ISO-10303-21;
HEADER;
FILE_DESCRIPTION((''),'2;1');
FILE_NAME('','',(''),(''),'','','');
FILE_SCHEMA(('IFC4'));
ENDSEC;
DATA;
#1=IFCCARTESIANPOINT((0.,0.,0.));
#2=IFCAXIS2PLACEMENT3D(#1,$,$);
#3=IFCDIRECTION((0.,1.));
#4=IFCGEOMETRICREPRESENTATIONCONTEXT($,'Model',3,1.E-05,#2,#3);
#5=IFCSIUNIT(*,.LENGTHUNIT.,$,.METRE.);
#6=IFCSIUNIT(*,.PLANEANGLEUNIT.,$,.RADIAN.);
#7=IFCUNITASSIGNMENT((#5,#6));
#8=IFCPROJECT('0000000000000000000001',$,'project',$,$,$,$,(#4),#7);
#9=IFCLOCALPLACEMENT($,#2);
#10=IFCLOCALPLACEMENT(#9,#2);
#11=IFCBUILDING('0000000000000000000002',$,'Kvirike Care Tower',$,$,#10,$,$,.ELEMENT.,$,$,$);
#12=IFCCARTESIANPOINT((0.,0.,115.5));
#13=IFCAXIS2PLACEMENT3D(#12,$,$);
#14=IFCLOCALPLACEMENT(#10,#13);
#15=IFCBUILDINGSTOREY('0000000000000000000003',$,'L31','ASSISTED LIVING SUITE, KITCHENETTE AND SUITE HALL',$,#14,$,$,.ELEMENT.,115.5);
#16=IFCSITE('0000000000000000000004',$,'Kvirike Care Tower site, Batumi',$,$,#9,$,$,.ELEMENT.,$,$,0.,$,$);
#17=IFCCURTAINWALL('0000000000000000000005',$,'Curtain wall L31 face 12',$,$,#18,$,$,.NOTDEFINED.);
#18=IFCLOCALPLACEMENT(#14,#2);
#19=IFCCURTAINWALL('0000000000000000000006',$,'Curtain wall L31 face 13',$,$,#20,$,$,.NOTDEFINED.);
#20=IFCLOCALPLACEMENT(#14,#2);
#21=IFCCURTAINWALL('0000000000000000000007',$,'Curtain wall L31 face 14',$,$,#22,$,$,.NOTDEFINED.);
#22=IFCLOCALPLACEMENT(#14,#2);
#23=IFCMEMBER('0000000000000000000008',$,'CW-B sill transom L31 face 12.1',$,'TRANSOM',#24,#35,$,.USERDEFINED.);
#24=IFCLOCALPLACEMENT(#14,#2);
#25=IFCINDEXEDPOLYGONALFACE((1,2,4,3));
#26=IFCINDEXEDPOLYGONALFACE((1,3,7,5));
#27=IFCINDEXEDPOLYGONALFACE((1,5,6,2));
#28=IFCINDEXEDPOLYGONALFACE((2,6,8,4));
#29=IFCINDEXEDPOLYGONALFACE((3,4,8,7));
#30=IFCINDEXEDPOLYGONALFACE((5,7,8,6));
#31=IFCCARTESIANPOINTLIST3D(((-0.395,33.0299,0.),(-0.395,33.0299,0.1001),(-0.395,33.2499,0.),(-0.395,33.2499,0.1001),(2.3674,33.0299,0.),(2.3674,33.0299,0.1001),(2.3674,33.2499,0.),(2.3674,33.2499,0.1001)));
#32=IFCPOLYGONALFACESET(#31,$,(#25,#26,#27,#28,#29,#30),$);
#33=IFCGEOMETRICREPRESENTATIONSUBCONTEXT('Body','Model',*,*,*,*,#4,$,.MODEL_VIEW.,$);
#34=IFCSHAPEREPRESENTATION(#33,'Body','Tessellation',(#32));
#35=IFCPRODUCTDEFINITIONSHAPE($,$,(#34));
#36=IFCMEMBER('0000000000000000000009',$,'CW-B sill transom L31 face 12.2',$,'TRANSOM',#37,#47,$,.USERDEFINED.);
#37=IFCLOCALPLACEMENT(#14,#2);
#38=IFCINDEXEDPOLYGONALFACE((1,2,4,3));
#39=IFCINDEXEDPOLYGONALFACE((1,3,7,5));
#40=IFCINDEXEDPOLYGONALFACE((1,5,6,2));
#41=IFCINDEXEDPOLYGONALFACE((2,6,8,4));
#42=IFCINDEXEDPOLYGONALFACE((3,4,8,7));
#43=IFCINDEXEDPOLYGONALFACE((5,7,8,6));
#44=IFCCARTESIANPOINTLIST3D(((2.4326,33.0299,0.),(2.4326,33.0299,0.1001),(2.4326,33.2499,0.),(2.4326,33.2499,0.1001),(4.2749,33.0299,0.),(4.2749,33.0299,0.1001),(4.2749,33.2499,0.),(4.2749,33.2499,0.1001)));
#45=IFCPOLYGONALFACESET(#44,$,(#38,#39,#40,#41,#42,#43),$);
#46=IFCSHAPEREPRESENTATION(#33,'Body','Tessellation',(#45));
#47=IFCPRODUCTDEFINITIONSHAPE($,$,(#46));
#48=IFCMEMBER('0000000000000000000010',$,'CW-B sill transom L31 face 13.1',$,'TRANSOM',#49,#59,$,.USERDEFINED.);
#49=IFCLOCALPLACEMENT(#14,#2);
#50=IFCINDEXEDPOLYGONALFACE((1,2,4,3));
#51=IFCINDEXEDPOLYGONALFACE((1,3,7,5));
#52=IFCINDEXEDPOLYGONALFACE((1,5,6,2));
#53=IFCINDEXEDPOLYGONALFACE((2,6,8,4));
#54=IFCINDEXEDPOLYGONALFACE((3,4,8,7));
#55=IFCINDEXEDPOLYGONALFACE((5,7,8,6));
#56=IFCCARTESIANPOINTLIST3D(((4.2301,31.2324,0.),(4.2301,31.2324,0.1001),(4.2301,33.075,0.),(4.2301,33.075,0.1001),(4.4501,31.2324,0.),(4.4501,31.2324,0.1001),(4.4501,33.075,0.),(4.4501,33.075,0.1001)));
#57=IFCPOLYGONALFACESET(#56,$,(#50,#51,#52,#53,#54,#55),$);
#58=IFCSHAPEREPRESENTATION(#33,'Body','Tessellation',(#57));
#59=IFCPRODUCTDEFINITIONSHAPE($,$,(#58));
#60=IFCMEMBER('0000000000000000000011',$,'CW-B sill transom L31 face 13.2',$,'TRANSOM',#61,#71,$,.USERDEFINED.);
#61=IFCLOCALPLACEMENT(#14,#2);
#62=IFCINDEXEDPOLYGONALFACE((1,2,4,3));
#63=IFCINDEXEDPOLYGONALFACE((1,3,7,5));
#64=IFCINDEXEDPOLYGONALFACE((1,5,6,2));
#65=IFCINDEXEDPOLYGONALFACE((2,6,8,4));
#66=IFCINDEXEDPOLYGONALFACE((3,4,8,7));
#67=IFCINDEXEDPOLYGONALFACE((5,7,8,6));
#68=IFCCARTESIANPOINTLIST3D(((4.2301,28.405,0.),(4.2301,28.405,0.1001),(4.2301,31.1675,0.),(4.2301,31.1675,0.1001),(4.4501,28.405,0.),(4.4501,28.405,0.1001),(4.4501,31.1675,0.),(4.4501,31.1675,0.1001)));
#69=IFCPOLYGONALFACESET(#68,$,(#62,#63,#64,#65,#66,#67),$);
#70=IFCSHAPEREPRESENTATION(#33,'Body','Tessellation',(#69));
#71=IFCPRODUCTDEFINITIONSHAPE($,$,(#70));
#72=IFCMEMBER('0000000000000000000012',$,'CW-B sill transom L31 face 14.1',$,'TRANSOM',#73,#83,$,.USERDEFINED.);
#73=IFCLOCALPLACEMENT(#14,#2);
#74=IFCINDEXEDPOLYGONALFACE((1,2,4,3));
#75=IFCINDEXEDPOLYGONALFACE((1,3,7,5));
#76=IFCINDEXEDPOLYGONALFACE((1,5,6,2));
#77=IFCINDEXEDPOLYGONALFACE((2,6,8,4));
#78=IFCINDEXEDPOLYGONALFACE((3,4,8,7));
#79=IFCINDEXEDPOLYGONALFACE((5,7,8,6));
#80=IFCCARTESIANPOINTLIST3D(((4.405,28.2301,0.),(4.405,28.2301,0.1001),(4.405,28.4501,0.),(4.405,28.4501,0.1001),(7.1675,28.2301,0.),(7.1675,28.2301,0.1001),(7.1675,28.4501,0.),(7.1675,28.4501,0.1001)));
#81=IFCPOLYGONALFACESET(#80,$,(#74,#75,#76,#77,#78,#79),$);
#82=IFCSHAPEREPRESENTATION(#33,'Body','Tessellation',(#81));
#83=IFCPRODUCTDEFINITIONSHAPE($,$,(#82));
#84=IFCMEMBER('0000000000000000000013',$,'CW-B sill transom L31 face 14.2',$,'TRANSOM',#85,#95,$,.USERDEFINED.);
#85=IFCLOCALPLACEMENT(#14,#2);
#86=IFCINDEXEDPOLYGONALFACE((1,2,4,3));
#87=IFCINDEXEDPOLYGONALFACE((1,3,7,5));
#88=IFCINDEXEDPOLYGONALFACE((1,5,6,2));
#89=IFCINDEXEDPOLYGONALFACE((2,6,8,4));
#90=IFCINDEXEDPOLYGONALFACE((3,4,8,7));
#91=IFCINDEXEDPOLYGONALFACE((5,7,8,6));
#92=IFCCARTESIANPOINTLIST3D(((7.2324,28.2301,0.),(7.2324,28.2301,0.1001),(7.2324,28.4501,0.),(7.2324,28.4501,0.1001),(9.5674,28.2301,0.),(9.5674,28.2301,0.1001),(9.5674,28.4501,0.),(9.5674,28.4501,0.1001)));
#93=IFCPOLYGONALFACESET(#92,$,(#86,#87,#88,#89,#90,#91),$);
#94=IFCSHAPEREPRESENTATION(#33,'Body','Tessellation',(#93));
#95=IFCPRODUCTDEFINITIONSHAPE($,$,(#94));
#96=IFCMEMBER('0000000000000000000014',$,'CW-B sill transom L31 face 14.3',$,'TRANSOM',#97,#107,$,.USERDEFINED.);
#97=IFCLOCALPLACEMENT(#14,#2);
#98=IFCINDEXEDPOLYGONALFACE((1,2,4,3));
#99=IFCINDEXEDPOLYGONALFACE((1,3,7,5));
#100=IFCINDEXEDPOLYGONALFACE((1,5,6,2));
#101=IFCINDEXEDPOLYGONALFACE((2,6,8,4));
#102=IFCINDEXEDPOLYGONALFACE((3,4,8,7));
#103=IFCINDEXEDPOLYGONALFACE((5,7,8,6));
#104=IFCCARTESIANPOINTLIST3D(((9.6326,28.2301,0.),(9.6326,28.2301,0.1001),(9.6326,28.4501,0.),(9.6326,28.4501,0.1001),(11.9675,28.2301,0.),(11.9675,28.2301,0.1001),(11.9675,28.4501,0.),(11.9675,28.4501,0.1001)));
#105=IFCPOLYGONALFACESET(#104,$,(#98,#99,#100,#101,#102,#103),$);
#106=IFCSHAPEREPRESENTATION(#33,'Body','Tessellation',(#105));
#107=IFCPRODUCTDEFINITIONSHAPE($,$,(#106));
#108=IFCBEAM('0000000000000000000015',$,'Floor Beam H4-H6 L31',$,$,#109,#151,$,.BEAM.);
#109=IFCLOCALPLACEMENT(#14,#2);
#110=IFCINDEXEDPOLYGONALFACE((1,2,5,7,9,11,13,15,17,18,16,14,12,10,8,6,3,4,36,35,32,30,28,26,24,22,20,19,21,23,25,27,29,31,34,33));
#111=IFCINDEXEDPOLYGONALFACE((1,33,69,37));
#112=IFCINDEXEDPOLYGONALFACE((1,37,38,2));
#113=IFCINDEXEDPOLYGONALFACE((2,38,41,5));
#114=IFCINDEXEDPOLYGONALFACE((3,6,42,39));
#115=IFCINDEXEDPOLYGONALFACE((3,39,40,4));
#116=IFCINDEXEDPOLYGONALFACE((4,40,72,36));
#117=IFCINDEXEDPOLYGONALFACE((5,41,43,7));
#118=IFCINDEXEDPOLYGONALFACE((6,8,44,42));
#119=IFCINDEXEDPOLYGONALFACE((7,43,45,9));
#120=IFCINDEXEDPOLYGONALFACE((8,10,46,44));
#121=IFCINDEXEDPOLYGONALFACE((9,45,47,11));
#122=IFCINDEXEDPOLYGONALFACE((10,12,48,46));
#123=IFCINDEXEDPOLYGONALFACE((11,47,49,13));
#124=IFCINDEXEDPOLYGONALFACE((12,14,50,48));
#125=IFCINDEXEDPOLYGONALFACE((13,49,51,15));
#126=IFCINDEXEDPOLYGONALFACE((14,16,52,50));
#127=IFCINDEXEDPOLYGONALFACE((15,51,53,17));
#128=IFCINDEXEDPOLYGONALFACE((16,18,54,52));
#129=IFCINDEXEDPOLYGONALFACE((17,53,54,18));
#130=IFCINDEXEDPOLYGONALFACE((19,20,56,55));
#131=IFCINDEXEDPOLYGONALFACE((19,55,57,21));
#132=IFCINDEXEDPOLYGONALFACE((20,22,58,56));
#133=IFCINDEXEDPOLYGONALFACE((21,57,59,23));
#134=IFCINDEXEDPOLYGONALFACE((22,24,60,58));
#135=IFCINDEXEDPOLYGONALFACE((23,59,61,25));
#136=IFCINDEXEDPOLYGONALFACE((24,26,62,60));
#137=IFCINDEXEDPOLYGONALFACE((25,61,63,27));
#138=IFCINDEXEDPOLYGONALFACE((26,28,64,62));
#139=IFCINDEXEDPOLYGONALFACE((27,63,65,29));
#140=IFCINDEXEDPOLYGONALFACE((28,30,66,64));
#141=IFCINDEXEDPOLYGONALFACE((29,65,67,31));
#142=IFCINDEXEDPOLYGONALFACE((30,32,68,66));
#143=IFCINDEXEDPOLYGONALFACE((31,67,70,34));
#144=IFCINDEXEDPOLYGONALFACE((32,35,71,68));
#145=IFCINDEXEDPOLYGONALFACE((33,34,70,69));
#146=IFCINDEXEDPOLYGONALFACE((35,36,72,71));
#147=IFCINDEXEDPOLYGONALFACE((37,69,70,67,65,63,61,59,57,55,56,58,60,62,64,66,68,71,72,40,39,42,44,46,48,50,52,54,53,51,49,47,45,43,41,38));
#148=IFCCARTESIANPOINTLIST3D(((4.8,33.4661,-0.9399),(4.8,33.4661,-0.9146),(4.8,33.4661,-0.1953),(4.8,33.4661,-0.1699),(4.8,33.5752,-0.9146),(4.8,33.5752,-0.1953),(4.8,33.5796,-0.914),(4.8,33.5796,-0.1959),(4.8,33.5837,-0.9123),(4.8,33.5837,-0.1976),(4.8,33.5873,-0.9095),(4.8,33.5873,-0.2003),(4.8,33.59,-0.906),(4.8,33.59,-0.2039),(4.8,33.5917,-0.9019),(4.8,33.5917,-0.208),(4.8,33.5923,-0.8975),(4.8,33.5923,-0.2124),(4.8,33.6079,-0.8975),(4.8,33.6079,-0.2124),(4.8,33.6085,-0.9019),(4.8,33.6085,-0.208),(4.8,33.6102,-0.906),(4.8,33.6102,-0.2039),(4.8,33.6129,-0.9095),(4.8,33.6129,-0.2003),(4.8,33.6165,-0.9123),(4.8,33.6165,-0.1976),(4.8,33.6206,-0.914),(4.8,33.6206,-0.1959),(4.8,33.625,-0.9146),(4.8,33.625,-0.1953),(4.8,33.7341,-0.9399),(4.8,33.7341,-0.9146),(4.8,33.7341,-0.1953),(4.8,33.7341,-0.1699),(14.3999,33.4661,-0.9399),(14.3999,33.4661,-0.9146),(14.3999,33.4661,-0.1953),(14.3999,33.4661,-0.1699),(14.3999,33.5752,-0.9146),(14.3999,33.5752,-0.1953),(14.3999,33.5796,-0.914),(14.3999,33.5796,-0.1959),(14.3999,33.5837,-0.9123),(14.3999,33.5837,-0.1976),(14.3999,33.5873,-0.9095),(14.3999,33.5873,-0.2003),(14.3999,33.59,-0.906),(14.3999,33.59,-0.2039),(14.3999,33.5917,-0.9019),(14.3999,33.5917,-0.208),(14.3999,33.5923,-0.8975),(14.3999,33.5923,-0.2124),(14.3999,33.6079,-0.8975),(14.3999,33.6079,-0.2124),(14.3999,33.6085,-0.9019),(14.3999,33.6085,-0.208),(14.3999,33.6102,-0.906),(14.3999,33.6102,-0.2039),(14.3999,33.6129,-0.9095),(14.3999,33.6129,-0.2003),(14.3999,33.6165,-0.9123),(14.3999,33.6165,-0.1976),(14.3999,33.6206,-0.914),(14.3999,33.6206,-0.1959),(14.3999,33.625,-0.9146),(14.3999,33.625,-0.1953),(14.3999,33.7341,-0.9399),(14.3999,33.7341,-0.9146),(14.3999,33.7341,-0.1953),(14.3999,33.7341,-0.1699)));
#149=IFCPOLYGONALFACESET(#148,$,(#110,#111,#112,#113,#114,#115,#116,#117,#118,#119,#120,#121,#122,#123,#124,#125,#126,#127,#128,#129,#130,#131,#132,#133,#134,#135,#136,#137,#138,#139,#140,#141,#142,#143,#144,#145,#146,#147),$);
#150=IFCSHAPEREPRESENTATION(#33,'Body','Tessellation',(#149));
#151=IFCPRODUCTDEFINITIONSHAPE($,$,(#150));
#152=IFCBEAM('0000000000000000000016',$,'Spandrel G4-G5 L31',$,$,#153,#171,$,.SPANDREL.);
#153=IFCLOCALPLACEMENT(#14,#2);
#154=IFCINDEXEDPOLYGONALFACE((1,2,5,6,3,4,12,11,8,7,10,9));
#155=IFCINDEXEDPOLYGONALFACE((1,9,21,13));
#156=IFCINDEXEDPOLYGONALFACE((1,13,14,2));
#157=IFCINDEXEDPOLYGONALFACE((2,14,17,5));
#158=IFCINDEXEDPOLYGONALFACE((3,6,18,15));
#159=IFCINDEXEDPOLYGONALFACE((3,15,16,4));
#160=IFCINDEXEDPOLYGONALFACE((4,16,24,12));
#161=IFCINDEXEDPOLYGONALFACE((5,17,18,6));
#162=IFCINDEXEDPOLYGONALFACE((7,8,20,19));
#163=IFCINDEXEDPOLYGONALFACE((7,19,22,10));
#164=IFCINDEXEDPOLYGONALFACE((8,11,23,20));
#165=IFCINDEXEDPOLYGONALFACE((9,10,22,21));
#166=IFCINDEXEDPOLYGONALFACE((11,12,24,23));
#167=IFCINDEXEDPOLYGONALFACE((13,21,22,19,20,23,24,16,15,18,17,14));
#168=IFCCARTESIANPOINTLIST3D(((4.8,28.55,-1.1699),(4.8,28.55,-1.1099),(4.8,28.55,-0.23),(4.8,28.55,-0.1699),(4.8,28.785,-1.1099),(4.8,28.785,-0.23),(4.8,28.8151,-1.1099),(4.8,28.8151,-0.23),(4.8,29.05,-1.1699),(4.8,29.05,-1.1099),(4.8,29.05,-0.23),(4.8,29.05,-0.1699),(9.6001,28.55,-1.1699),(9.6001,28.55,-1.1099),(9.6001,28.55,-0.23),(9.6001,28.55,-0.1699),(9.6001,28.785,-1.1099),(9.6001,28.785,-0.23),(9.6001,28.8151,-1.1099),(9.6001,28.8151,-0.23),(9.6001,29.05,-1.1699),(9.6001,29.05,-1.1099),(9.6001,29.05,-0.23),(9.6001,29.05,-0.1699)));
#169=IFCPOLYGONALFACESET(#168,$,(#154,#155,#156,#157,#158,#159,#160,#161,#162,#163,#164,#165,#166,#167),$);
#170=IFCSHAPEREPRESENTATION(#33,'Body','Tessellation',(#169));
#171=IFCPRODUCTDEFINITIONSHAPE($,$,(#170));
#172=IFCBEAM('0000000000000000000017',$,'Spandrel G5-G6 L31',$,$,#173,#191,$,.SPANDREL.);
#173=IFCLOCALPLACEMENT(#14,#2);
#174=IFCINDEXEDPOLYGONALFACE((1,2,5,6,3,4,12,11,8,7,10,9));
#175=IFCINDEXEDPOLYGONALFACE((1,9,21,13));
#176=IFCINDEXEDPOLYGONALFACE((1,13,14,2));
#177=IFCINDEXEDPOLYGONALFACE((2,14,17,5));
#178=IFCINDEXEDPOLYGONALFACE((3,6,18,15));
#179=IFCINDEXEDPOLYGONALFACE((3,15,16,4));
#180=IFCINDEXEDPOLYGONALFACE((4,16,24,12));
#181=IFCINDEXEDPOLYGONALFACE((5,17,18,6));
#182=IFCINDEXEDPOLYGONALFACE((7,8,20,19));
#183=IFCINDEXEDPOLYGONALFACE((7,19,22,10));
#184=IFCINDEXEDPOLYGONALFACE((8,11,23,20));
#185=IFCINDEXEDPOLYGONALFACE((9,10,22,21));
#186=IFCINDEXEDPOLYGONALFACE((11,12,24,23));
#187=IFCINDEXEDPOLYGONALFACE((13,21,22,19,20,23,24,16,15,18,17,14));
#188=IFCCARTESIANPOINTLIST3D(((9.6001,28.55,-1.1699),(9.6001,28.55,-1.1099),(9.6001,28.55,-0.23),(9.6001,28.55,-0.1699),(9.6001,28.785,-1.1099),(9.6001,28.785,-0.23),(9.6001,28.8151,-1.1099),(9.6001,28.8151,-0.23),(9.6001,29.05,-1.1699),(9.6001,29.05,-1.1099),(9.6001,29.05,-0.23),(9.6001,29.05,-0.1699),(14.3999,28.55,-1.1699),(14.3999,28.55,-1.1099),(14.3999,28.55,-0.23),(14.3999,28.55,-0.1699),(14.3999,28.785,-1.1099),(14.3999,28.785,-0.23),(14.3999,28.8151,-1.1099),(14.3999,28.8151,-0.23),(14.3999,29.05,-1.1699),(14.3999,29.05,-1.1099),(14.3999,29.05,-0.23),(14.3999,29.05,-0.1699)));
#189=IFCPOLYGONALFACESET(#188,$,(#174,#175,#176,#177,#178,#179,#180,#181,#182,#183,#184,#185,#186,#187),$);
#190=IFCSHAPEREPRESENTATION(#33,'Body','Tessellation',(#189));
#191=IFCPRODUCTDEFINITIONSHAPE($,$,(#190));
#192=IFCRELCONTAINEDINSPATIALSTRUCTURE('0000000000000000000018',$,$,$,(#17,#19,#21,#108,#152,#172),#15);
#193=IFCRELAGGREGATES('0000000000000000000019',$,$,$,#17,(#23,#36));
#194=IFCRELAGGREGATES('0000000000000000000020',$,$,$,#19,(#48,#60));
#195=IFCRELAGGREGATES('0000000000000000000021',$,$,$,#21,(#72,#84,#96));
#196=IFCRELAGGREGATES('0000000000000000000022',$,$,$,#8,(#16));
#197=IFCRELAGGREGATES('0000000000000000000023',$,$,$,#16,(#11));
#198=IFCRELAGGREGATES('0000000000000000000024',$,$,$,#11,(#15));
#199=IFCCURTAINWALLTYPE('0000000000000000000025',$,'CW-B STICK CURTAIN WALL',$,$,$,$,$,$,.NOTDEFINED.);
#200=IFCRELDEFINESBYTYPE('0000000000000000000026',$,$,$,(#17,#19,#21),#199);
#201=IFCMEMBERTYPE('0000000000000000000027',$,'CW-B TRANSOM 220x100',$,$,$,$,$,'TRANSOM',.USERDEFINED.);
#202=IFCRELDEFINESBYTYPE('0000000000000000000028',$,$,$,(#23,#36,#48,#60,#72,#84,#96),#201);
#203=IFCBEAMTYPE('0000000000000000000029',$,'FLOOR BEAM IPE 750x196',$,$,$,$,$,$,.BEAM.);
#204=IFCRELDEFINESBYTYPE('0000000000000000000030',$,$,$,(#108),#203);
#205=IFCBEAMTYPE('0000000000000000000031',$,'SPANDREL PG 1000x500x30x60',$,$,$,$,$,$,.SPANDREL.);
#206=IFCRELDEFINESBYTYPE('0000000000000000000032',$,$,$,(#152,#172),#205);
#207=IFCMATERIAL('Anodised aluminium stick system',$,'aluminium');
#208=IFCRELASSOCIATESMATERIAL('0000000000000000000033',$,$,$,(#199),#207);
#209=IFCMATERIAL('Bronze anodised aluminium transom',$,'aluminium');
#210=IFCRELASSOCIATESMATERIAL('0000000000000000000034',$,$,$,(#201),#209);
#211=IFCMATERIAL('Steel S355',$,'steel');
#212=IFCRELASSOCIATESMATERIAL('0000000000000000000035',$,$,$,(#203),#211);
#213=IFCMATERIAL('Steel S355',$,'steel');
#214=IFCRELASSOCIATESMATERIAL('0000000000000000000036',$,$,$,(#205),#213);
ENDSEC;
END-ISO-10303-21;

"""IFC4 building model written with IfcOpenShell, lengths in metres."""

from ifc_helpers import new_model, si_unit, direction, frame, origin, origin_2d, place, context, subcontext, project, spatial, rectangle, i_section, extrude, material, material_profile, profile_set, type_object, element, aggregate, save


model = new_model("IFC4")

# Units and contexts
model_context = context("Model", 3, precision=1e-05, world=origin(), true_north=direction((0.0, 1.0)))
body_context = subcontext(model_context, "Body", "Model", "MODEL_VIEW")
ifc_project = project(units=[si_unit("LENGTHUNIT", "METRE"), si_unit("PLANEANGLEUNIT", "RADIAN")], contexts=[model_context])

# Site, building, storey
site_placement = place(None, origin())
site = spatial("IfcSite", under=ifc_project, at=site_placement, Name="Kvirike Care Tower site, Batumi", CompositionType="ELEMENT", RefElevation=0.0)
building_placement = place(site_placement, origin())
building = spatial("IfcBuilding", under=site, at=building_placement, Name="Kvirike Care Tower", CompositionType="ELEMENT")
storey_placement = place(building_placement, frame((0.0, 0.0, 115.5)))
storey = spatial("IfcBuildingStorey", under=building, at=storey_placement, Name="L31", Description="ASSISTED LIVING SUITE, KITCHENETTE AND SUITE HALL", CompositionType="ELEMENT", Elevation=115.5)

# Shared definitions
ifc_material_1 = material(Name="Anodised aluminium stick system", Category="aluminium")
curtain_wall_type = type_object("IfcCurtainWallType", Name="CW-B STICK CURTAIN WALL", PredefinedType="NOTDEFINED", material=ifc_material_1)

# Curtain walls
curtain_wall_1_placement = place(storey_placement, origin())
curtain_wall_1 = element("IfcCurtainWall", 1, at=curtain_wall_1_placement, inside=storey, type_object=curtain_wall_type, Name="Curtain wall L31 face 12", PredefinedType="NOTDEFINED")
curtain_wall_2_placement = place(storey_placement, origin())
curtain_wall_2 = element("IfcCurtainWall", 2, at=curtain_wall_2_placement, inside=storey, type_object=curtain_wall_type, Name="Curtain wall L31 face 13", PredefinedType="NOTDEFINED")
curtain_wall_3_placement = place(storey_placement, origin())
curtain_wall_3 = element("IfcCurtainWall", 3, at=curtain_wall_3_placement, inside=storey, type_object=curtain_wall_type, Name="Curtain wall L31 face 14", PredefinedType="NOTDEFINED")

# Members
ifc_material_2 = material(Name="Bronze anodised aluminium transom", Category="aluminium")
ifc_material_profile_1 = material_profile(ifc_material_2, rectangle(XDim=0.22, YDim=0.1001, at=origin_2d()), Name="CW-B TRANSOM 220x100")
ifc_profile_set_1 = profile_set([ifc_material_profile_1], Name="Bronze anodised aluminium transom")
member_type_1 = type_object("IfcMemberType", Name="CW-B TRANSOM 220x100", ElementType="TRANSOM", PredefinedType="USERDEFINED", material=ifc_profile_set_1)
member_1_placement = place(storey_placement, frame((-0.395, 33.1399, 0.05), z_axis=(1.0, 0.0, 0.0), x_axis=(0.0, 1.0, 0.0)))
member_1 = element("IfcMember", 4, at=member_1_placement, type_object=member_type_1, Name="CW-B sill transom L31 face 12.1", ObjectType="TRANSOM", PredefinedType="USERDEFINED", context=body_context, shape_type="SweptSolid", body=[
    extrude(rectangle(XDim=0.22, YDim=0.1001, at=origin_2d()), origin(), (0.0, 0.0, 1.0), 2.7625),
])
member_2_placement = place(storey_placement, frame((2.4326, 33.1399, 0.05), z_axis=(1.0, 0.0, 0.0), x_axis=(0.0, 1.0, 0.0)))
member_2 = element("IfcMember", 5, at=member_2_placement, type_object=member_type_1, Name="CW-B sill transom L31 face 12.2", ObjectType="TRANSOM", PredefinedType="USERDEFINED", context=body_context, shape_type="SweptSolid", body=[
    extrude(rectangle(XDim=0.22, YDim=0.1001, at=origin_2d()), origin(), (0.0, 0.0, 1.0), 1.8423),
])
member_3_placement = place(storey_placement, frame((4.3401, 33.075, 0.05), z_axis=(0.0, -1.0, 0.0), x_axis=(1.0, 0.0, 0.0)))
member_3 = element("IfcMember", 6, at=member_3_placement, type_object=member_type_1, Name="CW-B sill transom L31 face 13.1", ObjectType="TRANSOM", PredefinedType="USERDEFINED", context=body_context, shape_type="SweptSolid", body=[
    extrude(rectangle(XDim=0.22, YDim=0.1001, at=origin_2d()), origin(), (0.0, 0.0, 1.0), 1.8425),
])
member_4_placement = place(storey_placement, frame((4.3401, 31.1675, 0.05), z_axis=(0.0, -1.0, 0.0), x_axis=(1.0, 0.0, 0.0)))
member_4 = element("IfcMember", 7, at=member_4_placement, type_object=member_type_1, Name="CW-B sill transom L31 face 13.2", ObjectType="TRANSOM", PredefinedType="USERDEFINED", context=body_context, shape_type="SweptSolid", body=[
    extrude(rectangle(XDim=0.22, YDim=0.1001, at=origin_2d()), origin(), (0.0, 0.0, 1.0), 2.7625),
])
member_5_placement = place(storey_placement, frame((4.405, 28.3401, 0.05), z_axis=(1.0, 0.0, 0.0), x_axis=(0.0, 1.0, 0.0)))
member_5 = element("IfcMember", 8, at=member_5_placement, type_object=member_type_1, Name="CW-B sill transom L31 face 14.1", ObjectType="TRANSOM", PredefinedType="USERDEFINED", context=body_context, shape_type="SweptSolid", body=[
    extrude(rectangle(XDim=0.22, YDim=0.1001, at=origin_2d()), origin(), (0.0, 0.0, 1.0), 2.7625),
])
member_6_placement = place(storey_placement, frame((7.2324, 28.3401, 0.05), z_axis=(1.0, 0.0, 0.0), x_axis=(0.0, 1.0, 0.0)))
member_6 = element("IfcMember", 9, at=member_6_placement, type_object=member_type_1, Name="CW-B sill transom L31 face 14.2", ObjectType="TRANSOM", PredefinedType="USERDEFINED", context=body_context, shape_type="SweptSolid", body=[
    extrude(rectangle(XDim=0.22, YDim=0.1001, at=origin_2d()), origin(), (0.0, 0.0, 1.0), 2.335),
])
member_7_placement = place(storey_placement, frame((9.6326, 28.3401, 0.05), z_axis=(1.0, 0.0, 0.0), x_axis=(0.0, 1.0, 0.0)))
member_7 = element("IfcMember", 10, at=member_7_placement, type_object=member_type_1, Name="CW-B sill transom L31 face 14.3", ObjectType="TRANSOM", PredefinedType="USERDEFINED", context=body_context, shape_type="SweptSolid", body=[
    extrude(rectangle(XDim=0.22, YDim=0.1001, at=origin_2d()), origin(), (0.0, 0.0, 1.0), 2.335),
])

# Beams
ifc_material_3 = material(Name="Steel S355", Category="steel")
ifc_material_profile_2 = material_profile(ifc_material_3, i_section(OverallWidth=0.2681, OverallDepth=0.77, WebThickness=0.0156, FlangeThickness=0.0254, FilletRadius=0.0171, at=origin_2d()), Name="IPE 750x196")
ifc_profile_set_2 = profile_set([ifc_material_profile_2], Name="Steel S355")
beam_type_1 = type_object("IfcBeamType", Name="FLOOR BEAM IPE 750x196", PredefinedType="BEAM", material=ifc_profile_set_2)
beam_1_placement = place(storey_placement, frame((4.8, 33.6001, -0.5549), z_axis=(1.0, 0.0, 0.0), x_axis=(0.0, 1.0, 0.0)))
element("IfcBeam", 11, at=beam_1_placement, inside=storey, type_object=beam_type_1, Name="Floor Beam H4-H6 L31", PredefinedType="BEAM", context=body_context, shape_type="SweptSolid", body=[
    extrude(i_section(OverallWidth=0.2681, OverallDepth=0.77, WebThickness=0.0156, FlangeThickness=0.0254, FilletRadius=0.0171, at=origin_2d()), origin(), (0.0, 0.0, 1.0), 9.5999),
])
ifc_material_4 = material(Name="Steel S355", Category="steel")
ifc_material_profile_3 = material_profile(ifc_material_4, i_section(OverallWidth=0.5, OverallDepth=1.0, WebThickness=0.03, FlangeThickness=0.0601, at=origin_2d()), Name="PG 1000x500x30x60")
ifc_profile_set_3 = profile_set([ifc_material_profile_3], Name="Steel S355")
beam_type_2 = type_object("IfcBeamType", Name="SPANDREL PG 1000x500x30x60", PredefinedType="SPANDREL", material=ifc_profile_set_3)
beam_2_placement = place(storey_placement, frame((4.8, 28.8, -0.6699), z_axis=(1.0, 0.0, 0.0), x_axis=(0.0, 1.0, 0.0)))
element("IfcBeam", 12, at=beam_2_placement, inside=storey, type_object=beam_type_2, Name="Spandrel G4-G5 L31", PredefinedType="SPANDREL", context=body_context, shape_type="SweptSolid", body=[
    extrude(i_section(OverallWidth=0.5, OverallDepth=1.0, WebThickness=0.03, FlangeThickness=0.0601, at=origin_2d()), origin(), (0.0, 0.0, 1.0), 4.8),
])
beam_3_placement = place(storey_placement, frame((9.6001, 28.8, -0.6699), z_axis=(1.0, 0.0, 0.0), x_axis=(0.0, 1.0, 0.0)))
element("IfcBeam", 13, at=beam_3_placement, inside=storey, type_object=beam_type_2, Name="Spandrel G5-G6 L31", PredefinedType="SPANDREL", context=body_context, shape_type="SweptSolid", body=[
    extrude(i_section(OverallWidth=0.5, OverallDepth=1.0, WebThickness=0.03, FlangeThickness=0.0601, at=origin_2d()), origin(), (0.0, 0.0, 1.0), 4.7998),
])

aggregate(curtain_wall_1, [member_1, member_2])
aggregate(curtain_wall_2, [member_3, member_4])
aggregate(curtain_wall_3, [member_5, member_6, member_7])

save(model, "model.ifc")
